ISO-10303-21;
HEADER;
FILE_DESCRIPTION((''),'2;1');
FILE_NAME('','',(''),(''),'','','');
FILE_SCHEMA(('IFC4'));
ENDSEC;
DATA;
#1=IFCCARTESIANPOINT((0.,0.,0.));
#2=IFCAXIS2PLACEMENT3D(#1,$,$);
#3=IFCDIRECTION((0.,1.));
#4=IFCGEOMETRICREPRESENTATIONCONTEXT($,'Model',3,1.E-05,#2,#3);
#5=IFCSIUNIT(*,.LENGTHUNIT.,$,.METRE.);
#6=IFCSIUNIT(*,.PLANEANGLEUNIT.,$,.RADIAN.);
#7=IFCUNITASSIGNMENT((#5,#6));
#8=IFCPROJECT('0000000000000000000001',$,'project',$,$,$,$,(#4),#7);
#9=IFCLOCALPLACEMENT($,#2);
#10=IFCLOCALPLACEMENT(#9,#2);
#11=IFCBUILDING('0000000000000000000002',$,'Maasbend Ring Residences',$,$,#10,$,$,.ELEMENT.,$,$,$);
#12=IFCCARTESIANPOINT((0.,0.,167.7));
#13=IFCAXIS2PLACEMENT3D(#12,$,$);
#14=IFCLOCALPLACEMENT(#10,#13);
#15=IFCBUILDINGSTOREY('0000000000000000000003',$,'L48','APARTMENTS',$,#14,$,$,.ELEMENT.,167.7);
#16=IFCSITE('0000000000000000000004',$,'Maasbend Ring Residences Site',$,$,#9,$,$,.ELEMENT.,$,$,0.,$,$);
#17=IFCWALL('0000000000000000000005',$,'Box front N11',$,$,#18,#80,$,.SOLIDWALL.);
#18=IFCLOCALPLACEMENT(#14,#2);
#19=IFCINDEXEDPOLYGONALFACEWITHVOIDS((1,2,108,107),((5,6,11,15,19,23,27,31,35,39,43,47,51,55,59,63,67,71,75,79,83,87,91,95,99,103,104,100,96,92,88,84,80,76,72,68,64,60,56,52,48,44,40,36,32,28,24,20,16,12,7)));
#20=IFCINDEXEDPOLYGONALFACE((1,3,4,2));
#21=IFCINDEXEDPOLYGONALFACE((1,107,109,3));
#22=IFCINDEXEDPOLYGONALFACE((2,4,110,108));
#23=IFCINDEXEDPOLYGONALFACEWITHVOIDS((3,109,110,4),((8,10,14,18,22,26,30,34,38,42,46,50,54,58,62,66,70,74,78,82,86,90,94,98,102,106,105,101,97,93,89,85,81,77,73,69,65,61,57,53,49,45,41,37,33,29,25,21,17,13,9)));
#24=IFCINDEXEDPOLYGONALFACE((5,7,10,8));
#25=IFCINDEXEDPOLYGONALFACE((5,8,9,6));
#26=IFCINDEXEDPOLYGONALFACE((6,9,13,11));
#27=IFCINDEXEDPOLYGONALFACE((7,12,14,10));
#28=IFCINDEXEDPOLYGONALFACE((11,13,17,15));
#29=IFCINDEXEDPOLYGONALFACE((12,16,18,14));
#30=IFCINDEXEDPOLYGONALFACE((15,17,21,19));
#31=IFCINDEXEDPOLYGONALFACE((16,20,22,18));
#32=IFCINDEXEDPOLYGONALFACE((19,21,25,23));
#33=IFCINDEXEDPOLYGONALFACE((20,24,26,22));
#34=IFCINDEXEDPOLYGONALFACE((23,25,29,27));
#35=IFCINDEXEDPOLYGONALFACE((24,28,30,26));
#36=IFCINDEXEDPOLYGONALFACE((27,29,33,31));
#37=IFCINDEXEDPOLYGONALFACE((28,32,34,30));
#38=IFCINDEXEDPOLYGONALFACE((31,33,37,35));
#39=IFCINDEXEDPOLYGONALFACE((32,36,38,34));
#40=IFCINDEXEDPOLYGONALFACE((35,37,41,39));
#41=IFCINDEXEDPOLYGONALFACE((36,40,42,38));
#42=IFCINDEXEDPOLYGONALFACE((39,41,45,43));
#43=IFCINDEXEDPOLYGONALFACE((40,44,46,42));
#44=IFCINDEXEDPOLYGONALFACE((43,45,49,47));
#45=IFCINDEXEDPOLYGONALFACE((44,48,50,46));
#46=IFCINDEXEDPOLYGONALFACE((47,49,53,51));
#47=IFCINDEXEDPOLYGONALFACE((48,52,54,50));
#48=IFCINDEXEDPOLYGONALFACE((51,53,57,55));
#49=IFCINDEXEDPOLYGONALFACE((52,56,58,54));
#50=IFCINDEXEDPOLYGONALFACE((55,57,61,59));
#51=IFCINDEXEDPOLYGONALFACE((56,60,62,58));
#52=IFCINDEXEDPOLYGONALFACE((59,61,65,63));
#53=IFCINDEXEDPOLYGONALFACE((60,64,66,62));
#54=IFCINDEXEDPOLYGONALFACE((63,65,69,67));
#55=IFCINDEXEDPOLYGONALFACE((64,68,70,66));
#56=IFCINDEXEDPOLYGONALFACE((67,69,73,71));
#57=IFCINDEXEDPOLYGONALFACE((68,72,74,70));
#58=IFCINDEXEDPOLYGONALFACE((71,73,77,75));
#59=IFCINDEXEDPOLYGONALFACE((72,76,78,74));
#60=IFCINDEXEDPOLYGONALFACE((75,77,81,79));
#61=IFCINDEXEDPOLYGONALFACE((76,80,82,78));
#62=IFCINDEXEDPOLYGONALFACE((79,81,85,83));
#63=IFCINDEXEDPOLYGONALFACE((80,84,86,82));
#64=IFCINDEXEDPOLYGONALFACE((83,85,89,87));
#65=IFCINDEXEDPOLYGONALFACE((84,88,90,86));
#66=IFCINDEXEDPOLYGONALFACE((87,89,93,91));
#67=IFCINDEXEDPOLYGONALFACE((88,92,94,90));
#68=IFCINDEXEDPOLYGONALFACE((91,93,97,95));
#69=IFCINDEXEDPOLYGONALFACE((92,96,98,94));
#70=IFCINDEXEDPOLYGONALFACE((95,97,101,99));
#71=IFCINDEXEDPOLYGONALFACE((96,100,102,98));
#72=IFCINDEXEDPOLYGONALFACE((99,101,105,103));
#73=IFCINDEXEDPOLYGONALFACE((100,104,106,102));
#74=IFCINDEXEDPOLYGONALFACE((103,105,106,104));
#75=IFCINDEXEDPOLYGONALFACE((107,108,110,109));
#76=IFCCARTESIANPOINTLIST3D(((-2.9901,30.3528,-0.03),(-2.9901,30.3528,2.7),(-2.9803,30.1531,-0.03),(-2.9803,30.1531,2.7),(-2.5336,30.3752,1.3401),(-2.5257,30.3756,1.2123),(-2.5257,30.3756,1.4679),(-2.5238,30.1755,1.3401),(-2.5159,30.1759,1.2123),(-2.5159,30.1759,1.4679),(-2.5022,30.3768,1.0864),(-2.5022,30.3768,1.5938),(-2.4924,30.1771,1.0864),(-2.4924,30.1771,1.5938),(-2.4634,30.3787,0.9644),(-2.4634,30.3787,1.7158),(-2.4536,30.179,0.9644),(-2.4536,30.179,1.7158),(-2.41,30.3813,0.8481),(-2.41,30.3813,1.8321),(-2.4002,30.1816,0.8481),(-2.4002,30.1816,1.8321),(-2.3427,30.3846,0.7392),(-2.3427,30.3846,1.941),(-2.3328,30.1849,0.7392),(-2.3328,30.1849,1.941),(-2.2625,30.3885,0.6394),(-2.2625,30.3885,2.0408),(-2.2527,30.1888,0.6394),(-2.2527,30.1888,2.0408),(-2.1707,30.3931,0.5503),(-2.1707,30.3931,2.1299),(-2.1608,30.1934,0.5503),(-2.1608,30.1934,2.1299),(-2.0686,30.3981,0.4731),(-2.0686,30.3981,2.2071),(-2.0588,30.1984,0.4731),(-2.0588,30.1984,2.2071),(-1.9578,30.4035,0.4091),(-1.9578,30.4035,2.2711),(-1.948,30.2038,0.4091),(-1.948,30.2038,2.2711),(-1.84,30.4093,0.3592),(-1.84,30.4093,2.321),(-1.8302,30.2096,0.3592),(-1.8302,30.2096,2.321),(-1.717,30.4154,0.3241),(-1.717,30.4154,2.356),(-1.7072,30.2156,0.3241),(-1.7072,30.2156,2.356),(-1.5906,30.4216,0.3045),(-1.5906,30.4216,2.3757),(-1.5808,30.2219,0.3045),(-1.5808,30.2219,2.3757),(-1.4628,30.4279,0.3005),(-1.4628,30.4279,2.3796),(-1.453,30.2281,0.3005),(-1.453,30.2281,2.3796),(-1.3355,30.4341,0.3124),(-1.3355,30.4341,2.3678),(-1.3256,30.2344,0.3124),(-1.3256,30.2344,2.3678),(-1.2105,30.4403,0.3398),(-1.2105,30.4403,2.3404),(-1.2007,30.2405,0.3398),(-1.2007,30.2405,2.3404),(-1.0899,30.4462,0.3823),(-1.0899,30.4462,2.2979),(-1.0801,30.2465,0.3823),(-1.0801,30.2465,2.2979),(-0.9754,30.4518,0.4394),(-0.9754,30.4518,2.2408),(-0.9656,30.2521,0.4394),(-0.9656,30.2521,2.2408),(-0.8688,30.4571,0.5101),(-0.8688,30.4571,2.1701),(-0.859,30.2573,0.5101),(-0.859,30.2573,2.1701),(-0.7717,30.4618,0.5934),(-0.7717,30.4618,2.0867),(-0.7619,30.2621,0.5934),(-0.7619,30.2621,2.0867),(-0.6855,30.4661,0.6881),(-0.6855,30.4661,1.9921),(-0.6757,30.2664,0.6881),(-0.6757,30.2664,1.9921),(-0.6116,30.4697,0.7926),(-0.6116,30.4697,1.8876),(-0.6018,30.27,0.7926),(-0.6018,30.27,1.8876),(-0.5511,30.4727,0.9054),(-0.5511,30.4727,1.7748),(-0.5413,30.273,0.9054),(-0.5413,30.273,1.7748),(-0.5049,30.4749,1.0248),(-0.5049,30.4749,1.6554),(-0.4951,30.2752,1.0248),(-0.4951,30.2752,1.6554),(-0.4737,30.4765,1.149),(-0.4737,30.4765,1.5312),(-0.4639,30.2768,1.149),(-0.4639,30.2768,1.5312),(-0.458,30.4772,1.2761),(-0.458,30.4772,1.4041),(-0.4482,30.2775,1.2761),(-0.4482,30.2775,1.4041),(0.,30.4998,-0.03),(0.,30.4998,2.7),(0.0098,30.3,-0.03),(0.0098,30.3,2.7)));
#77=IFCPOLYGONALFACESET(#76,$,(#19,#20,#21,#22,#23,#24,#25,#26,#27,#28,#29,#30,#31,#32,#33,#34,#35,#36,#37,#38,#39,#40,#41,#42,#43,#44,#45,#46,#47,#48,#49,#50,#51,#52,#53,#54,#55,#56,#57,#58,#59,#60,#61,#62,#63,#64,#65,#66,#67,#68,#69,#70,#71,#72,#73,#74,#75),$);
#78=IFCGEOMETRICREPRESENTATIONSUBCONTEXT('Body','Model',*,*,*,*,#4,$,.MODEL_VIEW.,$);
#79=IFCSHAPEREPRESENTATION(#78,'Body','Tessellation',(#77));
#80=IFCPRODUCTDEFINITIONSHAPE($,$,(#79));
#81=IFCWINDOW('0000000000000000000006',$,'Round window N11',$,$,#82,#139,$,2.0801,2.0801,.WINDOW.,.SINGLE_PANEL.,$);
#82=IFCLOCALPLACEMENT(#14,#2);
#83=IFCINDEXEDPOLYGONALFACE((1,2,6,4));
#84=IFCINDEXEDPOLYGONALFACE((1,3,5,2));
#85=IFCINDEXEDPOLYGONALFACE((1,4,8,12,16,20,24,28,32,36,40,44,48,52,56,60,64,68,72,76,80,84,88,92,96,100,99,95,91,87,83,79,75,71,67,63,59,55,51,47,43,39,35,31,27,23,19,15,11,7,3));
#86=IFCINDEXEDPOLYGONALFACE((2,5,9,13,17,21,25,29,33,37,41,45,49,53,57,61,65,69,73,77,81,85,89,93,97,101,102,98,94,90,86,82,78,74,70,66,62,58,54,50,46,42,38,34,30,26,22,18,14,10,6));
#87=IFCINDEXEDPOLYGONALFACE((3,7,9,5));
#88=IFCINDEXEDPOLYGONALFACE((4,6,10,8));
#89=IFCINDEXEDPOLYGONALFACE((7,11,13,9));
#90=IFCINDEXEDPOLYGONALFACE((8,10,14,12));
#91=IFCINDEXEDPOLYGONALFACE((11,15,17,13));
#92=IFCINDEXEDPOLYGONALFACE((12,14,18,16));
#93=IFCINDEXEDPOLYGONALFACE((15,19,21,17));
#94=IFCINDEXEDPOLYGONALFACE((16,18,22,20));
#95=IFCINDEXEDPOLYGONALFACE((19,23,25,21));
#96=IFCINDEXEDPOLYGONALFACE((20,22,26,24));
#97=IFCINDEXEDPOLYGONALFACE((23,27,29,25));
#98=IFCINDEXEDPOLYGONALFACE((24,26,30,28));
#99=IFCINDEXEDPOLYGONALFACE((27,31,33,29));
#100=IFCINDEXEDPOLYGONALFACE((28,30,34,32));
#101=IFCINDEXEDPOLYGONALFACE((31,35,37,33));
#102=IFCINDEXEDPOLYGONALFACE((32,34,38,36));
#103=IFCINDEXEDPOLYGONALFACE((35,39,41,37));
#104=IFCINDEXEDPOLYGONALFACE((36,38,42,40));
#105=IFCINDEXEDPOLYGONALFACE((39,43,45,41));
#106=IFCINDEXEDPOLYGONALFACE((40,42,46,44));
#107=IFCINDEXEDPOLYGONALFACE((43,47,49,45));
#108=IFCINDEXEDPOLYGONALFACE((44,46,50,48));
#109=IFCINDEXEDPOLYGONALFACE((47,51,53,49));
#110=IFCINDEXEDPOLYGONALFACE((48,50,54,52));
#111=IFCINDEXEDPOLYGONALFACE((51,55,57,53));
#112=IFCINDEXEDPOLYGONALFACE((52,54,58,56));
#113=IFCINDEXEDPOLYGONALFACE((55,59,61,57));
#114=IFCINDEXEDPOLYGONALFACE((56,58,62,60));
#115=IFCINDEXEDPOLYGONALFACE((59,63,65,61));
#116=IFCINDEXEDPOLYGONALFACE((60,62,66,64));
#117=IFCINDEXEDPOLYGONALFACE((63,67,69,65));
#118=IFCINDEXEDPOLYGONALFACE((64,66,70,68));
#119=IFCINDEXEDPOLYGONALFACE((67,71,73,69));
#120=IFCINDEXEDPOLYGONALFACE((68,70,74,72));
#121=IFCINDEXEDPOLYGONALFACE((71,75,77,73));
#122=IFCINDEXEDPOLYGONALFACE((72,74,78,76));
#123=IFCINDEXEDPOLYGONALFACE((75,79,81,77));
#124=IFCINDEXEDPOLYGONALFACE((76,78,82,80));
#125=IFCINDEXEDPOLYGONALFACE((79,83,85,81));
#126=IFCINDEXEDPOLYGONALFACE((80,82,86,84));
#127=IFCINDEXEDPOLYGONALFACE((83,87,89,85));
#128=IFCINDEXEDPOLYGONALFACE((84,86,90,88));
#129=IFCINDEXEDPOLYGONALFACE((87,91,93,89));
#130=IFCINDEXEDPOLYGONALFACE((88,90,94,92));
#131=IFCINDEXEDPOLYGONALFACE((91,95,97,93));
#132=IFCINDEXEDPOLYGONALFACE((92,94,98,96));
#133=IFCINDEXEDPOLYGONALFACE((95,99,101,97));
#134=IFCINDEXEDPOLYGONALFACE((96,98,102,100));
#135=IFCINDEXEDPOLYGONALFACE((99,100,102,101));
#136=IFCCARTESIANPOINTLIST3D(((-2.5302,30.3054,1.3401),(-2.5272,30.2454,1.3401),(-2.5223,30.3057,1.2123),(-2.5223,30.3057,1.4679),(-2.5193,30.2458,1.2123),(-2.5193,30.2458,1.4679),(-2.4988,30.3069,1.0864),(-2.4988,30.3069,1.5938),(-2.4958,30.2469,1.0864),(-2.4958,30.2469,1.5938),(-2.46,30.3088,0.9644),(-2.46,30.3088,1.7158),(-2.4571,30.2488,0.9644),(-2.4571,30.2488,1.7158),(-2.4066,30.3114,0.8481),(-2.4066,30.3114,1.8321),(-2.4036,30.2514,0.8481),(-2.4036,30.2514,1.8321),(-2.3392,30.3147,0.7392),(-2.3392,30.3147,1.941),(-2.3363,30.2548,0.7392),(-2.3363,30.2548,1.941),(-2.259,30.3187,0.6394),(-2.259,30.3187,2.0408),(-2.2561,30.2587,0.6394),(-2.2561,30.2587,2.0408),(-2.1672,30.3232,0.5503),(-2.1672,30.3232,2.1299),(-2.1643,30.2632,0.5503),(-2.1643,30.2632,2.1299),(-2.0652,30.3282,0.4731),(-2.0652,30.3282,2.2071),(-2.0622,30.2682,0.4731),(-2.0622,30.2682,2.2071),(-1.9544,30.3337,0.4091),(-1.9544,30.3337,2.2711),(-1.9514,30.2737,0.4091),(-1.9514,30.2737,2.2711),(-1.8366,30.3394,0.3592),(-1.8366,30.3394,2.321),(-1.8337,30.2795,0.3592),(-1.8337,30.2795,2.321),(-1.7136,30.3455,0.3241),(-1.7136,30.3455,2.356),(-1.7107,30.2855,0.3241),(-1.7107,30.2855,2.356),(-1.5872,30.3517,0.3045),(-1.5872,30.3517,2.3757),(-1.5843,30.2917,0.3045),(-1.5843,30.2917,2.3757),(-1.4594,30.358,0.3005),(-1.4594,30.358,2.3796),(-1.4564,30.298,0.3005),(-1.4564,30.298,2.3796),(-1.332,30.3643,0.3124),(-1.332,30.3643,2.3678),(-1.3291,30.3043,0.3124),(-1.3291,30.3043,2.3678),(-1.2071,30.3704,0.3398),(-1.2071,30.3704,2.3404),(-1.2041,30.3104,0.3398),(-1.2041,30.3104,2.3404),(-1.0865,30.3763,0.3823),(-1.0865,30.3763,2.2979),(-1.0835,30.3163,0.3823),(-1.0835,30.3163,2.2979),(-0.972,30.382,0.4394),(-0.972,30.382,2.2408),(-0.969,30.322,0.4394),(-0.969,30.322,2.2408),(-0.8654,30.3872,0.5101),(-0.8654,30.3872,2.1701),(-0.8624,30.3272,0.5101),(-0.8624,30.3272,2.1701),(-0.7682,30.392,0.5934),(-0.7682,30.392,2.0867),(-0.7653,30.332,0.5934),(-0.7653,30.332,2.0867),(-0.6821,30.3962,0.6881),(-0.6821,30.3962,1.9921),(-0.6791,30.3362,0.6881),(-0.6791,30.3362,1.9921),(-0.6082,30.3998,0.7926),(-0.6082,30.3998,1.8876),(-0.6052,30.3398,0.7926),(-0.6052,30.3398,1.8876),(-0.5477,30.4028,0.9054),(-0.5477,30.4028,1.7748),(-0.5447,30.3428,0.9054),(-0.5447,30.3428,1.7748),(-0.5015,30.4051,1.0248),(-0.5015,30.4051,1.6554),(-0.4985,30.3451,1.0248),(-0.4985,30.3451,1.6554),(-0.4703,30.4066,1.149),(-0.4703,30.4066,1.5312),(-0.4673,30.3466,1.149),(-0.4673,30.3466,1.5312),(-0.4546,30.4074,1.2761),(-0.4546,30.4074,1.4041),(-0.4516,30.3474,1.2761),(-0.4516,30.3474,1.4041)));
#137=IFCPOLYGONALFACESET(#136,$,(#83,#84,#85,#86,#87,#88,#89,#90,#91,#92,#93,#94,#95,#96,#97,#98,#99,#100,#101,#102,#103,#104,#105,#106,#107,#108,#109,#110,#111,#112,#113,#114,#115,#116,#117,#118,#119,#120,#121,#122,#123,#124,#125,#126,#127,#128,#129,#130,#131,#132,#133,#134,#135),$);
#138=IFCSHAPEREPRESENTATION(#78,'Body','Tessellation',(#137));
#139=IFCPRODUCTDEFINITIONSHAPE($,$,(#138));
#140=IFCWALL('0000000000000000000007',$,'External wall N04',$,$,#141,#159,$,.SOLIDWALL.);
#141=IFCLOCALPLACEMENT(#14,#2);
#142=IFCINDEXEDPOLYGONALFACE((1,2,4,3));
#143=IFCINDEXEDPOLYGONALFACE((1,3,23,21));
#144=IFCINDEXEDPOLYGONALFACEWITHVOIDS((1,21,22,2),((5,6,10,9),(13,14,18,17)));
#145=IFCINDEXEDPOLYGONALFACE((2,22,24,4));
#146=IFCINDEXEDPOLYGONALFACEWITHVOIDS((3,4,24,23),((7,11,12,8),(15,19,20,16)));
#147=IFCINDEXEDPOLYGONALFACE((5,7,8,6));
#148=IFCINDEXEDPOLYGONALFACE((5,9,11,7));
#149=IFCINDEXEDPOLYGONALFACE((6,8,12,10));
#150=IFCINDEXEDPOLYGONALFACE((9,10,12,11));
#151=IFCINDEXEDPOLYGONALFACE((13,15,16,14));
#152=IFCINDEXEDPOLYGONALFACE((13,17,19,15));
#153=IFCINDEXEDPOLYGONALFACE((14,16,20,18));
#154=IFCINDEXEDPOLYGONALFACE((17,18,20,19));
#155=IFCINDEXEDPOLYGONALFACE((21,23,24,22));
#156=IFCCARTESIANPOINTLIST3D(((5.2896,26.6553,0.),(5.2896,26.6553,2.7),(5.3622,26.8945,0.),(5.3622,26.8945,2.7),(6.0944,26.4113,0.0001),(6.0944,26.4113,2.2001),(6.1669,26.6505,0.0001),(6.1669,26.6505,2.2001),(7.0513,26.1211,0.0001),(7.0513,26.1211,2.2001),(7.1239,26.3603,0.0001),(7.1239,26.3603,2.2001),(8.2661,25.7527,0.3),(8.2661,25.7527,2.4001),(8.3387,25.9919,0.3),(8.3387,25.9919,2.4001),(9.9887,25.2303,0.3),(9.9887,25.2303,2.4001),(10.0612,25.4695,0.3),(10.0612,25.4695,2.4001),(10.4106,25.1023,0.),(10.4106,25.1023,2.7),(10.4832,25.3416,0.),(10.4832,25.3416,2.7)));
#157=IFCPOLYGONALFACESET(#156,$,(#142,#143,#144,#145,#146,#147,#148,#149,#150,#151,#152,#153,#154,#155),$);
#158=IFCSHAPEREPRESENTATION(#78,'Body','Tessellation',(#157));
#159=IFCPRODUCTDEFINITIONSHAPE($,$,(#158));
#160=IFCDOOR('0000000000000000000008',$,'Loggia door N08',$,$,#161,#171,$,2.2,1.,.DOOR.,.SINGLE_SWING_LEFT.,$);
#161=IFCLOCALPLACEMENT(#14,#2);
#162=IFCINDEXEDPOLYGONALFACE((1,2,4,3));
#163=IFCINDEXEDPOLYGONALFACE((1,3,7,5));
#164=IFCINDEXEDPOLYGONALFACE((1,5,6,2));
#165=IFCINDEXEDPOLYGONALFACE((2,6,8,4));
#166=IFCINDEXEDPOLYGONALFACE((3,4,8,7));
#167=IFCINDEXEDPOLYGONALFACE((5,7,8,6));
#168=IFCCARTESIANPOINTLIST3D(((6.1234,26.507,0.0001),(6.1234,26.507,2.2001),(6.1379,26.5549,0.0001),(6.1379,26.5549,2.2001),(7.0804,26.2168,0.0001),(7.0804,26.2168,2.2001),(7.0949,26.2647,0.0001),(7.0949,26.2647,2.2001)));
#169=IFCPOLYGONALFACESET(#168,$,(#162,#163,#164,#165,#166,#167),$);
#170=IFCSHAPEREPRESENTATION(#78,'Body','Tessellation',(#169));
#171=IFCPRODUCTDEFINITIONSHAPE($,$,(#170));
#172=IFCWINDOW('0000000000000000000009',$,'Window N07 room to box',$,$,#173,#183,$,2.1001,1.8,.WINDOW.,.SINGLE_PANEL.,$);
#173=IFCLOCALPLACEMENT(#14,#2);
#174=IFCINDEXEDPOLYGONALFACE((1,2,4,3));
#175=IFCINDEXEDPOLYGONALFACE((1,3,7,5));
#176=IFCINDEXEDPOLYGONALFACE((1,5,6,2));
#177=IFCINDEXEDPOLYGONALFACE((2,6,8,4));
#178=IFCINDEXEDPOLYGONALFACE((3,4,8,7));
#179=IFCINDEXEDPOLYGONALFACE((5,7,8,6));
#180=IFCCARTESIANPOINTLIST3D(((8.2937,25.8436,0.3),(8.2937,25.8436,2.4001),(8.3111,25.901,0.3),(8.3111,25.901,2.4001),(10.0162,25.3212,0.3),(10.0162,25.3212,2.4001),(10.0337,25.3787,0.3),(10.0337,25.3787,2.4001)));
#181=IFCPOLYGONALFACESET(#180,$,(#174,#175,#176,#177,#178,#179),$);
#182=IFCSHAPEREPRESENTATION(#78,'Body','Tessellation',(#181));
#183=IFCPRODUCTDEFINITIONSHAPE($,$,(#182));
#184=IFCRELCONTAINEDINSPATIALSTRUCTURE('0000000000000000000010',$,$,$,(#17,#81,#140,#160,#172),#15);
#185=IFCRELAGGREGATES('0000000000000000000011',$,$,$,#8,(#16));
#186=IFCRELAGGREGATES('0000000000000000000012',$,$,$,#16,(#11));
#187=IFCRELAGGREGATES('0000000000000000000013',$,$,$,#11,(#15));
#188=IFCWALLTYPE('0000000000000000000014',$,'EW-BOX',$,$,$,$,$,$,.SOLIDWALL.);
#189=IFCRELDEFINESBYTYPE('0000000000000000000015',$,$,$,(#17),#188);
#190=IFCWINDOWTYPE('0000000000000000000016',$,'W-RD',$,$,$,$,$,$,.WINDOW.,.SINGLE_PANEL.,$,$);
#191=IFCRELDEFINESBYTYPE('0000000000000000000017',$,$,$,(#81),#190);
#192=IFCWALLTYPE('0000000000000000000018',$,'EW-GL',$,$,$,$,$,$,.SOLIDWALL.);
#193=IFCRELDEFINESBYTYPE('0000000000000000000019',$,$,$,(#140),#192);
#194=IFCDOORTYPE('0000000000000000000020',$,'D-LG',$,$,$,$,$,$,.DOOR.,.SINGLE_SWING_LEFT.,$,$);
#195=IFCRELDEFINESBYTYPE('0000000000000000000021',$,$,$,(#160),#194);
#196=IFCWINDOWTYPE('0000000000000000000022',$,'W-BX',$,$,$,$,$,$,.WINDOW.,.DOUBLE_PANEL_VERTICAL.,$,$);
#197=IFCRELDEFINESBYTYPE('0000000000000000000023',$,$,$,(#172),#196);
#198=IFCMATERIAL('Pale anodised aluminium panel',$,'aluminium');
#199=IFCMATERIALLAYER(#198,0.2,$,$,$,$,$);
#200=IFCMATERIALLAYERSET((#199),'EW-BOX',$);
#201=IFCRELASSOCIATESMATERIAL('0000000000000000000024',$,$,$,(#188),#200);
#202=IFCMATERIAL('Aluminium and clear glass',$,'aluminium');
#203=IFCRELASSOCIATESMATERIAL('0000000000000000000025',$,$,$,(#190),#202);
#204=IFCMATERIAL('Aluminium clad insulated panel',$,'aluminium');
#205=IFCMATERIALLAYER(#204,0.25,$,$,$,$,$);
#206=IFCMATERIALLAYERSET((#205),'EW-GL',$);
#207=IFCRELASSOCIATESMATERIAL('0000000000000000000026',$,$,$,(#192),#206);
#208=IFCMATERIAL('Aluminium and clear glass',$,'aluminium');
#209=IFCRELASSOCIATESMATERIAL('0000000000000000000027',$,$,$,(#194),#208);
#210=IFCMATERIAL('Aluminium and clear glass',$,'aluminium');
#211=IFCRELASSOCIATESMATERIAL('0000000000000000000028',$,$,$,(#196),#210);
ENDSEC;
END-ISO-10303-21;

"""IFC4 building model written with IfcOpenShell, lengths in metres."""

from ifc_helpers import new_model, si_unit, direction, frame, frame_2d, origin, place, context, subcontext, project, spatial, rectangle, circle, extrude, material, layer, layer_set, type_object, element, fill, save


model = new_model("IFC4")

# Units and contexts
model_context = context("Model", 3, precision=1e-05, world=origin(), true_north=direction((0.0, 1.0)))
body_context = subcontext(model_context, "Body", "Model", "MODEL_VIEW")
ifc_project = project(units=[si_unit("LENGTHUNIT", "METRE"), si_unit("PLANEANGLEUNIT", "RADIAN")], contexts=[model_context])

# Site, building, storey
site_placement = place(None, origin())
site = spatial("IfcSite", under=ifc_project, at=site_placement, Name="Maasbend Ring Residences Site", CompositionType="ELEMENT", RefElevation=0.0)
building_placement = place(site_placement, origin())
building = spatial("IfcBuilding", under=site, at=building_placement, Name="Maasbend Ring Residences", CompositionType="ELEMENT")
storey_placement = place(building_placement, frame((0.0, 0.0, 167.7)))
storey = spatial("IfcBuildingStorey", under=building, at=storey_placement, Name="L48", Description="APARTMENTS", CompositionType="ELEMENT", Elevation=167.7)

# Shared definitions
ifc_material_1 = material(Name="Pale anodised aluminium panel", Category="aluminium")
ifc_layer_1 = layer(ifc_material_1, 0.2)
ifc_layer_set_1 = layer_set([ifc_layer_1], Name="EW-BOX")
wall_type_1 = type_object("IfcWallType", Name="EW-BOX", PredefinedType="SOLIDWALL", material=ifc_layer_set_1)

# Shared definitions
ifc_material_2 = material(Name="Aluminium and clear glass", Category="aluminium")
window_type_1 = type_object("IfcWindowType", Name="W-RD", PartitioningType="SINGLE_PANEL", PredefinedType="WINDOW", material=ifc_material_2)

# Wall, opening, window
wall_1_placement = place(storey_placement, frame((0.0049, 30.3999, -0.03), z_axis=(0.0, 0.0, 1.0), x_axis=(-0.998794, -0.049096, 0.0)))
wall_1 = element("IfcWall", 1, at=wall_1_placement, inside=storey, type_object=wall_type_1, Name="Box front N11", PredefinedType="SOLIDWALL", context=body_context, shape_type="SweptSolid", body=[
    extrude(rectangle(XDim=2.9937, YDim=0.2, at=frame_2d((1.4968, 0.0))), origin(), (0.0, 0.0, 1.0), 2.73),
])
opening_1_placement = place(wall_1_placement, frame((0.4565, 0.0, 0.3301)))
opening_1 = element("IfcOpeningElement", 2, at=opening_1_placement, cuts=wall_1, PredefinedType="OPENING", context=body_context, shape_type="SweptSolid", body=[
    extrude(circle(Radius=1.04, at=frame_2d((1.04, 1.04))), frame((0.0, 0.1099, 0.0), z_axis=(0.0, -1.0, 0.0), x_axis=(1.0, 0.0, 0.0)), (0.0, 0.0, 1.0), 0.22),
])
window_1_placement = place(opening_1_placement, origin())
window_1 = element("IfcWindow", 3, at=window_1_placement, inside=storey, type_object=window_type_1, Name="Round window N11", OverallHeight=2.0801, OverallWidth=2.0801, PartitioningType="SINGLE_PANEL", PredefinedType="WINDOW", context=body_context, shape_type="SweptSolid", body=[
    extrude(circle(Radius=1.04, at=frame_2d((1.04, 1.04))), frame((0.0, 0.03, 0.0), z_axis=(0.0, -1.0, 0.0), x_axis=(1.0, 0.0, 0.0)), (0.0, 0.0, 1.0), 0.0601),
])
fill(opening_1, window_1)

# Wall, openings, door, window
ifc_material_3 = material(Name="Aluminium clad insulated panel", Category="aluminium")
ifc_layer_2 = layer(ifc_material_3, 0.25)
ifc_layer_set_2 = layer_set([ifc_layer_2], Name="EW-GL")
wall_type_2 = type_object("IfcWallType", Name="EW-GL", PredefinedType="SOLIDWALL", material=ifc_layer_set_2)
wall_2_placement = place(storey_placement, frame((10.447, 25.2219, 0.0), z_axis=(0.0, 0.0, 1.0), x_axis=(-0.956966, 0.290201, 0.0)))
wall_2 = element("IfcWall", 4, at=wall_2_placement, inside=storey, type_object=wall_type_2, Name="External wall N04", PredefinedType="SOLIDWALL", context=body_context, shape_type="SweptSolid", body=[
    extrude(rectangle(XDim=5.3513, YDim=0.25, at=frame_2d((2.6758, 0.0))), origin(), (0.0, 0.0, 1.0), 2.7),
])
opening_2_placement = place(wall_2_placement, frame((0.4412, 0.0, 0.3)))
opening_2 = element("IfcOpeningElement", 5, at=opening_2_placement, cuts=wall_2, PredefinedType="OPENING", context=body_context, shape_type="SweptSolid", body=[
    extrude(rectangle(XDim=1.8, YDim=2.1001, at=frame_2d((0.8999, 1.05))), frame((0.0, 0.135, 0.0), z_axis=(0.0, -1.0, 0.0), x_axis=(1.0, 0.0, 0.0)), (0.0, 0.0, 1.0), 0.27),
])
opening_3_placement = place(wall_2_placement, frame((3.5105, 0.0, 0.0)))
opening_3 = element("IfcOpeningElement", 6, at=opening_3_placement, cuts=wall_2, PredefinedType="OPENING", context=body_context, shape_type="SweptSolid", body=[
    extrude(rectangle(XDim=1.0, YDim=2.2, at=frame_2d((0.5, 1.1001))), frame((0.0, 0.135, 0.0), z_axis=(0.0, -1.0, 0.0), x_axis=(1.0, 0.0, 0.0)), (0.0, 0.0, 1.0), 0.27),
])
ifc_material_4 = material(Name="Aluminium and clear glass", Category="aluminium")
door_type_1 = type_object("IfcDoorType", Name="D-LG", OperationType="SINGLE_SWING_LEFT", PredefinedType="DOOR", material=ifc_material_4)
door_1_placement = place(opening_3_placement, origin())
door_1 = element("IfcDoor", 7, at=door_1_placement, inside=storey, type_object=door_type_1, Name="Loggia door N08", OperationType="SINGLE_SWING_LEFT", OverallHeight=2.2, OverallWidth=1.0, PredefinedType="DOOR", context=body_context, shape_type="SweptSolid", body=[
    extrude(rectangle(XDim=1.0, YDim=2.2, at=frame_2d((0.5, 1.1001))), frame((0.0, 0.0249, 0.0), z_axis=(0.0, -1.0, 0.0), x_axis=(1.0, 0.0, 0.0)), (0.0, 0.0, 1.0), 0.05),
])
fill(opening_3, door_1)
ifc_material_5 = material(Name="Aluminium and clear glass", Category="aluminium")
window_type_2 = type_object("IfcWindowType", Name="W-BX", PartitioningType="DOUBLE_PANEL_VERTICAL", PredefinedType="WINDOW", material=ifc_material_5)
window_2_placement = place(opening_2_placement, origin())
window_2 = element("IfcWindow", 8, at=window_2_placement, inside=storey, type_object=window_type_2, Name="Window N07 room to box", OverallHeight=2.1001, OverallWidth=1.8, PartitioningType="SINGLE_PANEL", PredefinedType="WINDOW", context=body_context, shape_type="SweptSolid", body=[
    extrude(rectangle(XDim=1.8, YDim=2.1001, at=frame_2d((0.8999, 1.05))), frame((0.0, 0.03, 0.0), z_axis=(0.0, -1.0, 0.0), x_axis=(1.0, 0.0, 0.0)), (0.0, 0.0, 1.0), 0.0601),
])
fill(opening_2, window_2)

save(model, "model.ifc")
